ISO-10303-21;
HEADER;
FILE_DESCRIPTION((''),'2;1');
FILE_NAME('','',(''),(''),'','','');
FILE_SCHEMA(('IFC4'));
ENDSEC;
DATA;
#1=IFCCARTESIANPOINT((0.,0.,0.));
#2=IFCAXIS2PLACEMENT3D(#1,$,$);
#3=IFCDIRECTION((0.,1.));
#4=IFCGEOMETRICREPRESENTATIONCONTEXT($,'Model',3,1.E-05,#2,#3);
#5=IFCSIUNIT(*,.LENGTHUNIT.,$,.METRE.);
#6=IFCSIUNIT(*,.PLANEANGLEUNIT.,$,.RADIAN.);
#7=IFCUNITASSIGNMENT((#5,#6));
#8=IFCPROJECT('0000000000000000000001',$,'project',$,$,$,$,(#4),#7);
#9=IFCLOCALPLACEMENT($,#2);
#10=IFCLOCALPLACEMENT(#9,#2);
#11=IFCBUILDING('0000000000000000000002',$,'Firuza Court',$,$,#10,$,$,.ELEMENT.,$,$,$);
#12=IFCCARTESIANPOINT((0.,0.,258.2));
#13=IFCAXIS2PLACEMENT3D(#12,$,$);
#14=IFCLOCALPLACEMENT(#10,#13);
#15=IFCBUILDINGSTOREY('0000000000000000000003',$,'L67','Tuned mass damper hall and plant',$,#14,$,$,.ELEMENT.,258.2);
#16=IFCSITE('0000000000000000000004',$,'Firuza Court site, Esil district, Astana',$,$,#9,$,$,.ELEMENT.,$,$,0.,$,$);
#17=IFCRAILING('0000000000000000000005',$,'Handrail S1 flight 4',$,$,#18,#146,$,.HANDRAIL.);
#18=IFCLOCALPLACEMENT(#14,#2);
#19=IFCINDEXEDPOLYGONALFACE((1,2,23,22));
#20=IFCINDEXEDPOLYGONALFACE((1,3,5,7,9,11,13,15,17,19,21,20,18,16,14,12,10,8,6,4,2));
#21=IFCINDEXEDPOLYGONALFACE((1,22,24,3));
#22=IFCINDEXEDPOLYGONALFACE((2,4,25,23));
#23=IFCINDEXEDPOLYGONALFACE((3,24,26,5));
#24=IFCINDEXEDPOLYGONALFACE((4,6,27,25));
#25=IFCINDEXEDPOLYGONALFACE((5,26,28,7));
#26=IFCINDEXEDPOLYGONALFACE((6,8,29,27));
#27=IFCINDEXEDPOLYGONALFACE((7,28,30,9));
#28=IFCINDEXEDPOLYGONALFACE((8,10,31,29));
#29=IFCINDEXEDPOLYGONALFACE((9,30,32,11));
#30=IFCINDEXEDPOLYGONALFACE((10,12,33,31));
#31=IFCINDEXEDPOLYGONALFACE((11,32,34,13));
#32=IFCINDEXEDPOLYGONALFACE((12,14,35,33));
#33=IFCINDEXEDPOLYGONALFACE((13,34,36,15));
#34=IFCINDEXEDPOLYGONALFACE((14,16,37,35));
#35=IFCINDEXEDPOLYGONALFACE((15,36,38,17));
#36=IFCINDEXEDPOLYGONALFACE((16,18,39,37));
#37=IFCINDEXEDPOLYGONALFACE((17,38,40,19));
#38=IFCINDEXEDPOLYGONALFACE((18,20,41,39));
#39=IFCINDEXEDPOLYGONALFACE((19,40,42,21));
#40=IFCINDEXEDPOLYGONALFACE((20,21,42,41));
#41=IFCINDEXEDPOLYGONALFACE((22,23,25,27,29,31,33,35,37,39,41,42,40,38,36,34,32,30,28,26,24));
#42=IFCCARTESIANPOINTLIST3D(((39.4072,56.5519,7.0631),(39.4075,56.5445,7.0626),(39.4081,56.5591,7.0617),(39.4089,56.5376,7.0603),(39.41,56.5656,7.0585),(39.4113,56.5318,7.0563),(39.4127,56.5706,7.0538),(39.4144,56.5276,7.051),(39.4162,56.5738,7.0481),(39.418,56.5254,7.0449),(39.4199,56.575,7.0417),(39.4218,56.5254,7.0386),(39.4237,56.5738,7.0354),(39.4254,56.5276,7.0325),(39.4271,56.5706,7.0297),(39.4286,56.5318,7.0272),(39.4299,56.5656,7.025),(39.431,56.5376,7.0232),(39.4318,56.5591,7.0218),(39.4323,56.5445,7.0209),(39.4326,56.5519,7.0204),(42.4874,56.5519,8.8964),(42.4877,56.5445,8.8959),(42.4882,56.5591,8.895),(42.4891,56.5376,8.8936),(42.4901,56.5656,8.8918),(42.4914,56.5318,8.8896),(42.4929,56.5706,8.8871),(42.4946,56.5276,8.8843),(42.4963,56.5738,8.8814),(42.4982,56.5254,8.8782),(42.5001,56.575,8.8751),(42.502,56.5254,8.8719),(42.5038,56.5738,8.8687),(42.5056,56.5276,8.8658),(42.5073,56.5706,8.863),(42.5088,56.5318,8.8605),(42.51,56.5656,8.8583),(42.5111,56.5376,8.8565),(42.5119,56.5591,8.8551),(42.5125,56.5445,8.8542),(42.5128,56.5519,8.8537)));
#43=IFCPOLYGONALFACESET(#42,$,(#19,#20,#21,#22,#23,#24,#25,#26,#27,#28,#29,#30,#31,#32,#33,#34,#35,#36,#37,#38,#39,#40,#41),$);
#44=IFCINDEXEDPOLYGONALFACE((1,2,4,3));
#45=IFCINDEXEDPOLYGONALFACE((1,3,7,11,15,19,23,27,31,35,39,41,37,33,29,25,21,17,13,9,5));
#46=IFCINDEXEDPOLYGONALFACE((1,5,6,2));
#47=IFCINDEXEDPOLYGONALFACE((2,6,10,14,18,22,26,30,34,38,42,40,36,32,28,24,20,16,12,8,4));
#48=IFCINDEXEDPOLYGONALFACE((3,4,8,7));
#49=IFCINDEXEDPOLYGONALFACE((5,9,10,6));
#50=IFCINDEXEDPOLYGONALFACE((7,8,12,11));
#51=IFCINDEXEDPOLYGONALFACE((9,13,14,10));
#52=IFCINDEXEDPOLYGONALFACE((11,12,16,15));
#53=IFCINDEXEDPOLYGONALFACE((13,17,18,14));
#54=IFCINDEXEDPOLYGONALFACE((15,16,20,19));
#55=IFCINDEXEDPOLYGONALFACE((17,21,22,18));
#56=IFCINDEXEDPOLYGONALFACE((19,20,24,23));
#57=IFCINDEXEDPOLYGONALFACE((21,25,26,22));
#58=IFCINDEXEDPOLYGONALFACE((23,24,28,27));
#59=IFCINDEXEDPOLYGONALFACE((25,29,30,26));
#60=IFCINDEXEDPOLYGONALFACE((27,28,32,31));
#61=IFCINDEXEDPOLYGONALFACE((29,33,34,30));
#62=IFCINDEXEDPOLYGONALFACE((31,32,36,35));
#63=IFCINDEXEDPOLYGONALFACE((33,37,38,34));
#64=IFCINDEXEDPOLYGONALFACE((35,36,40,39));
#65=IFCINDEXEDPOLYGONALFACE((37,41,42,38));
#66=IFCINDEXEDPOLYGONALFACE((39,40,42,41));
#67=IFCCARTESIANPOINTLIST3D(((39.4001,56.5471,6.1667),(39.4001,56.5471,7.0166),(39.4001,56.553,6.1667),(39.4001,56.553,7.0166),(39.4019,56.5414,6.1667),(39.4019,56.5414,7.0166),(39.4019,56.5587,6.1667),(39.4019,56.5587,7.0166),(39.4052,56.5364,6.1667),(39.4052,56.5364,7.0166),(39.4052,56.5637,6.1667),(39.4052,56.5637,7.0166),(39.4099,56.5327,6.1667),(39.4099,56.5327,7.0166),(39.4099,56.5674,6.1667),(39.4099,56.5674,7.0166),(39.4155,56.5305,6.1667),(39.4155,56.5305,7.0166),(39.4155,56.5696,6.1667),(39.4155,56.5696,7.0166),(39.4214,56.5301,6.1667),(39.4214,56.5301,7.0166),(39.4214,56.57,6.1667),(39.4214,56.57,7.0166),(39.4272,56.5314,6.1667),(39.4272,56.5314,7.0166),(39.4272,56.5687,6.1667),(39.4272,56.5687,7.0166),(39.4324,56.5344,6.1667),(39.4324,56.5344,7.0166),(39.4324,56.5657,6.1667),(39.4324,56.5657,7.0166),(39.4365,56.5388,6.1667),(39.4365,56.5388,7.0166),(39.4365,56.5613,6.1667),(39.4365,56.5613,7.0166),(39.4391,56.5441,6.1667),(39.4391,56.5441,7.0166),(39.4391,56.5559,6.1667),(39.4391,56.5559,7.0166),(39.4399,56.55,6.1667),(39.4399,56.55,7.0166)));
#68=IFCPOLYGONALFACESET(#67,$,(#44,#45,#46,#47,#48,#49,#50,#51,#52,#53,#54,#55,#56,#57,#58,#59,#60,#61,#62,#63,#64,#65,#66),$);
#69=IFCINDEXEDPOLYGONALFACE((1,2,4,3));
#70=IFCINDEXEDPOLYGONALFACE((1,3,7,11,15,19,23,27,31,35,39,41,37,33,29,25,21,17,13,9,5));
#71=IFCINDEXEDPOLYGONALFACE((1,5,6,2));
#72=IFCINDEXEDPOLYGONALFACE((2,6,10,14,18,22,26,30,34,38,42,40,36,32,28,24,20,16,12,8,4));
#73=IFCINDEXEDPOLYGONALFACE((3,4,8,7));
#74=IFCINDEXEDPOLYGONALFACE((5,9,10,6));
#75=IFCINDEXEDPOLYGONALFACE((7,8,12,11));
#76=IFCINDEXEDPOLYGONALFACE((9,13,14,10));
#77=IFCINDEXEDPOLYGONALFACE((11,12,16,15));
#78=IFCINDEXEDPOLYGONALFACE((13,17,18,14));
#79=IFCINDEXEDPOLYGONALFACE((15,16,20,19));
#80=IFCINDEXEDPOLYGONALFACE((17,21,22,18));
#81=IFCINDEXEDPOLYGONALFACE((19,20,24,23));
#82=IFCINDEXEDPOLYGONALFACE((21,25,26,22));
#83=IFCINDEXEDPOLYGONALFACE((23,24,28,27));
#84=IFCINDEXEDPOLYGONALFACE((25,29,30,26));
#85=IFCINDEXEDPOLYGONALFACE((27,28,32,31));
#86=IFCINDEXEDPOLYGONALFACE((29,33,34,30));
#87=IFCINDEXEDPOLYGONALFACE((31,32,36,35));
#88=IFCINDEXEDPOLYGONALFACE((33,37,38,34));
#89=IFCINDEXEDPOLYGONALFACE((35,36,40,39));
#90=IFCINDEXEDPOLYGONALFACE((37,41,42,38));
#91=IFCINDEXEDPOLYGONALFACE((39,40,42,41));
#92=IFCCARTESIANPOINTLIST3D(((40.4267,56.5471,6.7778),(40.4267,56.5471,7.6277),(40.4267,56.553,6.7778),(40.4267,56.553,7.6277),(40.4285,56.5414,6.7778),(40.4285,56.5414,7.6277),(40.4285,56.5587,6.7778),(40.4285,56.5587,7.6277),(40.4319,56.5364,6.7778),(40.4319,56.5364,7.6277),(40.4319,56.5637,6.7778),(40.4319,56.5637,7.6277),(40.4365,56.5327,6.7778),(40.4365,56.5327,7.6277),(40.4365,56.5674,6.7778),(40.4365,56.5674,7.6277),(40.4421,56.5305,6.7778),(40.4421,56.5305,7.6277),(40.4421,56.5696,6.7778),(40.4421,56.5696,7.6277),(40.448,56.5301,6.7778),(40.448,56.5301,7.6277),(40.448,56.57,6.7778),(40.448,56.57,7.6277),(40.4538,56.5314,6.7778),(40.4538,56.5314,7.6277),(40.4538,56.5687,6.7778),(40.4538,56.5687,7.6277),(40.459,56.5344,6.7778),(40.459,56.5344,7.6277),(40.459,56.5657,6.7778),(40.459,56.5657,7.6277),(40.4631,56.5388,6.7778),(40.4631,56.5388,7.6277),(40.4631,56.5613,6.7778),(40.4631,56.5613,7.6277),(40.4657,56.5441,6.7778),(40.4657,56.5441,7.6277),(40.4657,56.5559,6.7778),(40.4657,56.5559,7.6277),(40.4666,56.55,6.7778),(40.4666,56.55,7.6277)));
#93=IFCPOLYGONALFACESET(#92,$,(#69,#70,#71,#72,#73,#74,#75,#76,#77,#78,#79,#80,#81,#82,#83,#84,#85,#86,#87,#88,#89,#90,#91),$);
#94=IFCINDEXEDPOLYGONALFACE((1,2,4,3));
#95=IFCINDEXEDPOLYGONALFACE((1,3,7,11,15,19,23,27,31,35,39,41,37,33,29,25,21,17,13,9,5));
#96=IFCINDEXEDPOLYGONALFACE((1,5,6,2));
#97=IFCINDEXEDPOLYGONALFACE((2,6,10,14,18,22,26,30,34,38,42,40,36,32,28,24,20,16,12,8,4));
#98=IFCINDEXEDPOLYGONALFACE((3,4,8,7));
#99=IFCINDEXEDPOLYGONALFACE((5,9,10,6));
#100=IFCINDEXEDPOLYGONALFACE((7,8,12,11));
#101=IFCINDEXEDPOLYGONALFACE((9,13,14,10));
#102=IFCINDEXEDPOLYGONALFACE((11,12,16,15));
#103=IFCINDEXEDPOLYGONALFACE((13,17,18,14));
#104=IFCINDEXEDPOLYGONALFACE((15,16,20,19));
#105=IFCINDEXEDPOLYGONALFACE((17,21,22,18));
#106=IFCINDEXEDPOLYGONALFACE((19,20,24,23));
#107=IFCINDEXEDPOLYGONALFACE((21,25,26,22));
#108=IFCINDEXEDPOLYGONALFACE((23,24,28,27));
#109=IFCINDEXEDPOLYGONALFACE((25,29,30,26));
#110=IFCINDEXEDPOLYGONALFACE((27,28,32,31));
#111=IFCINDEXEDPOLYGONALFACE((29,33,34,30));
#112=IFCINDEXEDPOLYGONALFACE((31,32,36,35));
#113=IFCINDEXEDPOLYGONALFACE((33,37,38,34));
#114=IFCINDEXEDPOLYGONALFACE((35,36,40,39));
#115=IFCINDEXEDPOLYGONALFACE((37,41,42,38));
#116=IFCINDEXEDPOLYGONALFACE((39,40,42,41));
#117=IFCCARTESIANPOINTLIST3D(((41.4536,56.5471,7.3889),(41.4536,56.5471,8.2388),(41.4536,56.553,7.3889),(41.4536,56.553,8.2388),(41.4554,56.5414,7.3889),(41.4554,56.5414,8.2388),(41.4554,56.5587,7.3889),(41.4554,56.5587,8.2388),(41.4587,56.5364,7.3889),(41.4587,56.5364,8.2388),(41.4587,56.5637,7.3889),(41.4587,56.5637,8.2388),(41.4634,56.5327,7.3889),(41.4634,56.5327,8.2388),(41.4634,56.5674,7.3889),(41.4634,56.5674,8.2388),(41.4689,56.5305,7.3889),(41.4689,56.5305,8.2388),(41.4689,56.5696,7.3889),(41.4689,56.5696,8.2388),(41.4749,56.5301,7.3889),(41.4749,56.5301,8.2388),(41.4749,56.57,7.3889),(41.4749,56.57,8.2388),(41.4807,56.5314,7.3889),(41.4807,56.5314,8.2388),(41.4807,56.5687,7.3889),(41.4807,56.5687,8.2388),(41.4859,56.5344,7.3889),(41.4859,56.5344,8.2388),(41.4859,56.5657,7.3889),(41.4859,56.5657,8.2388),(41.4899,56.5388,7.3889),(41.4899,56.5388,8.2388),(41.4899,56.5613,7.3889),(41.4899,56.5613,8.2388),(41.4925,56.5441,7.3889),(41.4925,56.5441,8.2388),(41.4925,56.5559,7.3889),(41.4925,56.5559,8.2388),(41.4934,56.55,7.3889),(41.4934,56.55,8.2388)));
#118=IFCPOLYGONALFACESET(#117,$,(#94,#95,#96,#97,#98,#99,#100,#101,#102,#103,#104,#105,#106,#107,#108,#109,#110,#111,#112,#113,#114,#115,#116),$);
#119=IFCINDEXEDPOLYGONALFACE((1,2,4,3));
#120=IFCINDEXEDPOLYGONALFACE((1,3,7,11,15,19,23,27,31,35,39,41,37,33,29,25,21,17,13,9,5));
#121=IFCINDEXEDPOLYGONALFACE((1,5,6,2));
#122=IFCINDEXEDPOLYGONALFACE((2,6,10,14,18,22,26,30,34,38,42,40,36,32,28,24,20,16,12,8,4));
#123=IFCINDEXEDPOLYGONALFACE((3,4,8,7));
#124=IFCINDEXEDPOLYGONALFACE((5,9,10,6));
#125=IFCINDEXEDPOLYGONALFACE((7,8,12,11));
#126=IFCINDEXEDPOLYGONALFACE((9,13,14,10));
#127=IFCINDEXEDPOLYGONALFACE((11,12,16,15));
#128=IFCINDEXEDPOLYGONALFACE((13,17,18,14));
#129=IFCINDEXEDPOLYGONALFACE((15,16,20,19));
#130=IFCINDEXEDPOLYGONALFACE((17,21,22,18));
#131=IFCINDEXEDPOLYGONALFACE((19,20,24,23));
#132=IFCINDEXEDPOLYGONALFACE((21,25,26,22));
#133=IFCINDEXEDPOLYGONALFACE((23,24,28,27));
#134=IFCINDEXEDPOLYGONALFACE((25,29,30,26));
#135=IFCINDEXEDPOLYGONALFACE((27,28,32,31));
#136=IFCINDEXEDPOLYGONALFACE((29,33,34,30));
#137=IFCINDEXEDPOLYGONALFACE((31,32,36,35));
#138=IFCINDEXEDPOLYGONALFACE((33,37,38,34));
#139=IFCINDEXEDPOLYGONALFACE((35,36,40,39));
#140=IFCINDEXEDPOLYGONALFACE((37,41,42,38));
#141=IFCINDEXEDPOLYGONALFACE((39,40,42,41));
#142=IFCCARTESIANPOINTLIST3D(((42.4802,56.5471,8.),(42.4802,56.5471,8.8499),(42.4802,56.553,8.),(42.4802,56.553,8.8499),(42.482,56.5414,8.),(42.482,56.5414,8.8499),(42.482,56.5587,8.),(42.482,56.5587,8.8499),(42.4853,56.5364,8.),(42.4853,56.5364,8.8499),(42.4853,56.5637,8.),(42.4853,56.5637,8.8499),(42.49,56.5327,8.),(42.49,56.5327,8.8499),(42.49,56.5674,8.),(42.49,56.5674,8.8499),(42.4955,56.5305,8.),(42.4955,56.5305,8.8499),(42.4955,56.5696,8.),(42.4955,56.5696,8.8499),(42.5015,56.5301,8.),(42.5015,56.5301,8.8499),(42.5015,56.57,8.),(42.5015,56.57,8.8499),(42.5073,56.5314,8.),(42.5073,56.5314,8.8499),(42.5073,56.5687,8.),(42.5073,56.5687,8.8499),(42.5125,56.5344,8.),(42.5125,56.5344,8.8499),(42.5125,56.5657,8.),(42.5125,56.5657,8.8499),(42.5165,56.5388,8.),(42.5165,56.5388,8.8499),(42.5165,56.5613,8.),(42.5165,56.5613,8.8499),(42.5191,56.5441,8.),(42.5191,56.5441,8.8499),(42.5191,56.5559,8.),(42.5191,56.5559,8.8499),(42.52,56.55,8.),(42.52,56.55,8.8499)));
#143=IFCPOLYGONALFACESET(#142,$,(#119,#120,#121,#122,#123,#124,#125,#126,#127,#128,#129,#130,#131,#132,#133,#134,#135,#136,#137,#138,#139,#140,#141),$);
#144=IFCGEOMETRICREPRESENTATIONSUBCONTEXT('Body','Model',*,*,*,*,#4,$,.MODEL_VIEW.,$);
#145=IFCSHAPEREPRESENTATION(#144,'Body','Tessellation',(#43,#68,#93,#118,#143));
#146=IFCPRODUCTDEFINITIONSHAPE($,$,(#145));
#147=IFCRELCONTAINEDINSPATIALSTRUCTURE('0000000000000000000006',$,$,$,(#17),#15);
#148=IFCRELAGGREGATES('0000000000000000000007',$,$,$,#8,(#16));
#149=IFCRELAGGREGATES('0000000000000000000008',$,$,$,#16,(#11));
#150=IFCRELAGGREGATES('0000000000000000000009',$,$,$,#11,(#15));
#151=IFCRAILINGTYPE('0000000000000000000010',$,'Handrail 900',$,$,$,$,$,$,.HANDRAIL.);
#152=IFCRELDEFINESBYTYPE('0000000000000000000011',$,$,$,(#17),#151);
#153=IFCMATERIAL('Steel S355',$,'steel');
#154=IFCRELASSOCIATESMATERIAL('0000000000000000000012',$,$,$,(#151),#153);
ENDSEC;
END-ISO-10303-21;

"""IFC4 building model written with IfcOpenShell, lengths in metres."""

from ifc_helpers import new_model, si_unit, direction, frame, origin, origin_2d, place, context, subcontext, project, spatial, circle, extrude, material, type_object, element, save


model = new_model("IFC4")

# Units and contexts
model_context = context("Model", 3, precision=1e-05, world=origin(), true_north=direction((0.0, 1.0)))
body_context = subcontext(model_context, "Body", "Model", "MODEL_VIEW")
ifc_project = project(units=[si_unit("LENGTHUNIT", "METRE"), si_unit("PLANEANGLEUNIT", "RADIAN")], contexts=[model_context])

# Site, building, storey
site_placement = place(None, origin())
site = spatial("IfcSite", under=ifc_project, at=site_placement, Name="Firuza Court site, Esil district, Astana", CompositionType="ELEMENT", RefElevation=0.0)
building_placement = place(site_placement, origin())
building = spatial("IfcBuilding", under=site, at=building_placement, Name="Firuza Court", CompositionType="ELEMENT")
storey_placement = place(building_placement, frame((0.0, 0.0, 258.2)))
storey = spatial("IfcBuildingStorey", under=building, at=storey_placement, Name="L67", Description="Tuned mass damper hall and plant", CompositionType="ELEMENT", Elevation=258.2)

# Railing
ifc_material_1 = material(Name="Steel S355", Category="steel")
railing_type_1 = type_object("IfcRailingType", Name="Handrail 900", PredefinedType="HANDRAIL", material=ifc_material_1)
for number, where, name in (
    (1, (39.4199, 56.55, 6.1667), "Handrail S1 flight 4"),
):
    element("IfcRailing", number, at=place(storey_placement, frame(where)), inside=storey, type_object=railing_type_1, Name=name, PredefinedType="HANDRAIL", context=body_context, shape_type="SweptSolid", body=[
        extrude(circle(Radius=0.0249, at=origin_2d()), frame((0.0, 0.0, 0.875), z_axis=(0.859309, 0.0, 0.511458), x_axis=(0.0, 1.0, 0.0)), (0.0, 0.0, 1.0), 3.5845),
        extrude(circle(Radius=0.02, at=origin_2d()), origin(), (0.0, 0.0, 1.0), 0.8499),
        extrude(circle(Radius=0.02, at=origin_2d()), frame((1.0266, 0.0, 0.6111)), (0.0, 0.0, 1.0), 0.8499),
        extrude(circle(Radius=0.02, at=origin_2d()), frame((2.0535, 0.0, 1.2222)), (0.0, 0.0, 1.0), 0.8499),
        extrude(circle(Radius=0.02, at=origin_2d()), frame((3.0801, 0.0, 1.8333)), (0.0, 0.0, 1.0), 0.8499),
    ])

save(model, "model.ifc")
